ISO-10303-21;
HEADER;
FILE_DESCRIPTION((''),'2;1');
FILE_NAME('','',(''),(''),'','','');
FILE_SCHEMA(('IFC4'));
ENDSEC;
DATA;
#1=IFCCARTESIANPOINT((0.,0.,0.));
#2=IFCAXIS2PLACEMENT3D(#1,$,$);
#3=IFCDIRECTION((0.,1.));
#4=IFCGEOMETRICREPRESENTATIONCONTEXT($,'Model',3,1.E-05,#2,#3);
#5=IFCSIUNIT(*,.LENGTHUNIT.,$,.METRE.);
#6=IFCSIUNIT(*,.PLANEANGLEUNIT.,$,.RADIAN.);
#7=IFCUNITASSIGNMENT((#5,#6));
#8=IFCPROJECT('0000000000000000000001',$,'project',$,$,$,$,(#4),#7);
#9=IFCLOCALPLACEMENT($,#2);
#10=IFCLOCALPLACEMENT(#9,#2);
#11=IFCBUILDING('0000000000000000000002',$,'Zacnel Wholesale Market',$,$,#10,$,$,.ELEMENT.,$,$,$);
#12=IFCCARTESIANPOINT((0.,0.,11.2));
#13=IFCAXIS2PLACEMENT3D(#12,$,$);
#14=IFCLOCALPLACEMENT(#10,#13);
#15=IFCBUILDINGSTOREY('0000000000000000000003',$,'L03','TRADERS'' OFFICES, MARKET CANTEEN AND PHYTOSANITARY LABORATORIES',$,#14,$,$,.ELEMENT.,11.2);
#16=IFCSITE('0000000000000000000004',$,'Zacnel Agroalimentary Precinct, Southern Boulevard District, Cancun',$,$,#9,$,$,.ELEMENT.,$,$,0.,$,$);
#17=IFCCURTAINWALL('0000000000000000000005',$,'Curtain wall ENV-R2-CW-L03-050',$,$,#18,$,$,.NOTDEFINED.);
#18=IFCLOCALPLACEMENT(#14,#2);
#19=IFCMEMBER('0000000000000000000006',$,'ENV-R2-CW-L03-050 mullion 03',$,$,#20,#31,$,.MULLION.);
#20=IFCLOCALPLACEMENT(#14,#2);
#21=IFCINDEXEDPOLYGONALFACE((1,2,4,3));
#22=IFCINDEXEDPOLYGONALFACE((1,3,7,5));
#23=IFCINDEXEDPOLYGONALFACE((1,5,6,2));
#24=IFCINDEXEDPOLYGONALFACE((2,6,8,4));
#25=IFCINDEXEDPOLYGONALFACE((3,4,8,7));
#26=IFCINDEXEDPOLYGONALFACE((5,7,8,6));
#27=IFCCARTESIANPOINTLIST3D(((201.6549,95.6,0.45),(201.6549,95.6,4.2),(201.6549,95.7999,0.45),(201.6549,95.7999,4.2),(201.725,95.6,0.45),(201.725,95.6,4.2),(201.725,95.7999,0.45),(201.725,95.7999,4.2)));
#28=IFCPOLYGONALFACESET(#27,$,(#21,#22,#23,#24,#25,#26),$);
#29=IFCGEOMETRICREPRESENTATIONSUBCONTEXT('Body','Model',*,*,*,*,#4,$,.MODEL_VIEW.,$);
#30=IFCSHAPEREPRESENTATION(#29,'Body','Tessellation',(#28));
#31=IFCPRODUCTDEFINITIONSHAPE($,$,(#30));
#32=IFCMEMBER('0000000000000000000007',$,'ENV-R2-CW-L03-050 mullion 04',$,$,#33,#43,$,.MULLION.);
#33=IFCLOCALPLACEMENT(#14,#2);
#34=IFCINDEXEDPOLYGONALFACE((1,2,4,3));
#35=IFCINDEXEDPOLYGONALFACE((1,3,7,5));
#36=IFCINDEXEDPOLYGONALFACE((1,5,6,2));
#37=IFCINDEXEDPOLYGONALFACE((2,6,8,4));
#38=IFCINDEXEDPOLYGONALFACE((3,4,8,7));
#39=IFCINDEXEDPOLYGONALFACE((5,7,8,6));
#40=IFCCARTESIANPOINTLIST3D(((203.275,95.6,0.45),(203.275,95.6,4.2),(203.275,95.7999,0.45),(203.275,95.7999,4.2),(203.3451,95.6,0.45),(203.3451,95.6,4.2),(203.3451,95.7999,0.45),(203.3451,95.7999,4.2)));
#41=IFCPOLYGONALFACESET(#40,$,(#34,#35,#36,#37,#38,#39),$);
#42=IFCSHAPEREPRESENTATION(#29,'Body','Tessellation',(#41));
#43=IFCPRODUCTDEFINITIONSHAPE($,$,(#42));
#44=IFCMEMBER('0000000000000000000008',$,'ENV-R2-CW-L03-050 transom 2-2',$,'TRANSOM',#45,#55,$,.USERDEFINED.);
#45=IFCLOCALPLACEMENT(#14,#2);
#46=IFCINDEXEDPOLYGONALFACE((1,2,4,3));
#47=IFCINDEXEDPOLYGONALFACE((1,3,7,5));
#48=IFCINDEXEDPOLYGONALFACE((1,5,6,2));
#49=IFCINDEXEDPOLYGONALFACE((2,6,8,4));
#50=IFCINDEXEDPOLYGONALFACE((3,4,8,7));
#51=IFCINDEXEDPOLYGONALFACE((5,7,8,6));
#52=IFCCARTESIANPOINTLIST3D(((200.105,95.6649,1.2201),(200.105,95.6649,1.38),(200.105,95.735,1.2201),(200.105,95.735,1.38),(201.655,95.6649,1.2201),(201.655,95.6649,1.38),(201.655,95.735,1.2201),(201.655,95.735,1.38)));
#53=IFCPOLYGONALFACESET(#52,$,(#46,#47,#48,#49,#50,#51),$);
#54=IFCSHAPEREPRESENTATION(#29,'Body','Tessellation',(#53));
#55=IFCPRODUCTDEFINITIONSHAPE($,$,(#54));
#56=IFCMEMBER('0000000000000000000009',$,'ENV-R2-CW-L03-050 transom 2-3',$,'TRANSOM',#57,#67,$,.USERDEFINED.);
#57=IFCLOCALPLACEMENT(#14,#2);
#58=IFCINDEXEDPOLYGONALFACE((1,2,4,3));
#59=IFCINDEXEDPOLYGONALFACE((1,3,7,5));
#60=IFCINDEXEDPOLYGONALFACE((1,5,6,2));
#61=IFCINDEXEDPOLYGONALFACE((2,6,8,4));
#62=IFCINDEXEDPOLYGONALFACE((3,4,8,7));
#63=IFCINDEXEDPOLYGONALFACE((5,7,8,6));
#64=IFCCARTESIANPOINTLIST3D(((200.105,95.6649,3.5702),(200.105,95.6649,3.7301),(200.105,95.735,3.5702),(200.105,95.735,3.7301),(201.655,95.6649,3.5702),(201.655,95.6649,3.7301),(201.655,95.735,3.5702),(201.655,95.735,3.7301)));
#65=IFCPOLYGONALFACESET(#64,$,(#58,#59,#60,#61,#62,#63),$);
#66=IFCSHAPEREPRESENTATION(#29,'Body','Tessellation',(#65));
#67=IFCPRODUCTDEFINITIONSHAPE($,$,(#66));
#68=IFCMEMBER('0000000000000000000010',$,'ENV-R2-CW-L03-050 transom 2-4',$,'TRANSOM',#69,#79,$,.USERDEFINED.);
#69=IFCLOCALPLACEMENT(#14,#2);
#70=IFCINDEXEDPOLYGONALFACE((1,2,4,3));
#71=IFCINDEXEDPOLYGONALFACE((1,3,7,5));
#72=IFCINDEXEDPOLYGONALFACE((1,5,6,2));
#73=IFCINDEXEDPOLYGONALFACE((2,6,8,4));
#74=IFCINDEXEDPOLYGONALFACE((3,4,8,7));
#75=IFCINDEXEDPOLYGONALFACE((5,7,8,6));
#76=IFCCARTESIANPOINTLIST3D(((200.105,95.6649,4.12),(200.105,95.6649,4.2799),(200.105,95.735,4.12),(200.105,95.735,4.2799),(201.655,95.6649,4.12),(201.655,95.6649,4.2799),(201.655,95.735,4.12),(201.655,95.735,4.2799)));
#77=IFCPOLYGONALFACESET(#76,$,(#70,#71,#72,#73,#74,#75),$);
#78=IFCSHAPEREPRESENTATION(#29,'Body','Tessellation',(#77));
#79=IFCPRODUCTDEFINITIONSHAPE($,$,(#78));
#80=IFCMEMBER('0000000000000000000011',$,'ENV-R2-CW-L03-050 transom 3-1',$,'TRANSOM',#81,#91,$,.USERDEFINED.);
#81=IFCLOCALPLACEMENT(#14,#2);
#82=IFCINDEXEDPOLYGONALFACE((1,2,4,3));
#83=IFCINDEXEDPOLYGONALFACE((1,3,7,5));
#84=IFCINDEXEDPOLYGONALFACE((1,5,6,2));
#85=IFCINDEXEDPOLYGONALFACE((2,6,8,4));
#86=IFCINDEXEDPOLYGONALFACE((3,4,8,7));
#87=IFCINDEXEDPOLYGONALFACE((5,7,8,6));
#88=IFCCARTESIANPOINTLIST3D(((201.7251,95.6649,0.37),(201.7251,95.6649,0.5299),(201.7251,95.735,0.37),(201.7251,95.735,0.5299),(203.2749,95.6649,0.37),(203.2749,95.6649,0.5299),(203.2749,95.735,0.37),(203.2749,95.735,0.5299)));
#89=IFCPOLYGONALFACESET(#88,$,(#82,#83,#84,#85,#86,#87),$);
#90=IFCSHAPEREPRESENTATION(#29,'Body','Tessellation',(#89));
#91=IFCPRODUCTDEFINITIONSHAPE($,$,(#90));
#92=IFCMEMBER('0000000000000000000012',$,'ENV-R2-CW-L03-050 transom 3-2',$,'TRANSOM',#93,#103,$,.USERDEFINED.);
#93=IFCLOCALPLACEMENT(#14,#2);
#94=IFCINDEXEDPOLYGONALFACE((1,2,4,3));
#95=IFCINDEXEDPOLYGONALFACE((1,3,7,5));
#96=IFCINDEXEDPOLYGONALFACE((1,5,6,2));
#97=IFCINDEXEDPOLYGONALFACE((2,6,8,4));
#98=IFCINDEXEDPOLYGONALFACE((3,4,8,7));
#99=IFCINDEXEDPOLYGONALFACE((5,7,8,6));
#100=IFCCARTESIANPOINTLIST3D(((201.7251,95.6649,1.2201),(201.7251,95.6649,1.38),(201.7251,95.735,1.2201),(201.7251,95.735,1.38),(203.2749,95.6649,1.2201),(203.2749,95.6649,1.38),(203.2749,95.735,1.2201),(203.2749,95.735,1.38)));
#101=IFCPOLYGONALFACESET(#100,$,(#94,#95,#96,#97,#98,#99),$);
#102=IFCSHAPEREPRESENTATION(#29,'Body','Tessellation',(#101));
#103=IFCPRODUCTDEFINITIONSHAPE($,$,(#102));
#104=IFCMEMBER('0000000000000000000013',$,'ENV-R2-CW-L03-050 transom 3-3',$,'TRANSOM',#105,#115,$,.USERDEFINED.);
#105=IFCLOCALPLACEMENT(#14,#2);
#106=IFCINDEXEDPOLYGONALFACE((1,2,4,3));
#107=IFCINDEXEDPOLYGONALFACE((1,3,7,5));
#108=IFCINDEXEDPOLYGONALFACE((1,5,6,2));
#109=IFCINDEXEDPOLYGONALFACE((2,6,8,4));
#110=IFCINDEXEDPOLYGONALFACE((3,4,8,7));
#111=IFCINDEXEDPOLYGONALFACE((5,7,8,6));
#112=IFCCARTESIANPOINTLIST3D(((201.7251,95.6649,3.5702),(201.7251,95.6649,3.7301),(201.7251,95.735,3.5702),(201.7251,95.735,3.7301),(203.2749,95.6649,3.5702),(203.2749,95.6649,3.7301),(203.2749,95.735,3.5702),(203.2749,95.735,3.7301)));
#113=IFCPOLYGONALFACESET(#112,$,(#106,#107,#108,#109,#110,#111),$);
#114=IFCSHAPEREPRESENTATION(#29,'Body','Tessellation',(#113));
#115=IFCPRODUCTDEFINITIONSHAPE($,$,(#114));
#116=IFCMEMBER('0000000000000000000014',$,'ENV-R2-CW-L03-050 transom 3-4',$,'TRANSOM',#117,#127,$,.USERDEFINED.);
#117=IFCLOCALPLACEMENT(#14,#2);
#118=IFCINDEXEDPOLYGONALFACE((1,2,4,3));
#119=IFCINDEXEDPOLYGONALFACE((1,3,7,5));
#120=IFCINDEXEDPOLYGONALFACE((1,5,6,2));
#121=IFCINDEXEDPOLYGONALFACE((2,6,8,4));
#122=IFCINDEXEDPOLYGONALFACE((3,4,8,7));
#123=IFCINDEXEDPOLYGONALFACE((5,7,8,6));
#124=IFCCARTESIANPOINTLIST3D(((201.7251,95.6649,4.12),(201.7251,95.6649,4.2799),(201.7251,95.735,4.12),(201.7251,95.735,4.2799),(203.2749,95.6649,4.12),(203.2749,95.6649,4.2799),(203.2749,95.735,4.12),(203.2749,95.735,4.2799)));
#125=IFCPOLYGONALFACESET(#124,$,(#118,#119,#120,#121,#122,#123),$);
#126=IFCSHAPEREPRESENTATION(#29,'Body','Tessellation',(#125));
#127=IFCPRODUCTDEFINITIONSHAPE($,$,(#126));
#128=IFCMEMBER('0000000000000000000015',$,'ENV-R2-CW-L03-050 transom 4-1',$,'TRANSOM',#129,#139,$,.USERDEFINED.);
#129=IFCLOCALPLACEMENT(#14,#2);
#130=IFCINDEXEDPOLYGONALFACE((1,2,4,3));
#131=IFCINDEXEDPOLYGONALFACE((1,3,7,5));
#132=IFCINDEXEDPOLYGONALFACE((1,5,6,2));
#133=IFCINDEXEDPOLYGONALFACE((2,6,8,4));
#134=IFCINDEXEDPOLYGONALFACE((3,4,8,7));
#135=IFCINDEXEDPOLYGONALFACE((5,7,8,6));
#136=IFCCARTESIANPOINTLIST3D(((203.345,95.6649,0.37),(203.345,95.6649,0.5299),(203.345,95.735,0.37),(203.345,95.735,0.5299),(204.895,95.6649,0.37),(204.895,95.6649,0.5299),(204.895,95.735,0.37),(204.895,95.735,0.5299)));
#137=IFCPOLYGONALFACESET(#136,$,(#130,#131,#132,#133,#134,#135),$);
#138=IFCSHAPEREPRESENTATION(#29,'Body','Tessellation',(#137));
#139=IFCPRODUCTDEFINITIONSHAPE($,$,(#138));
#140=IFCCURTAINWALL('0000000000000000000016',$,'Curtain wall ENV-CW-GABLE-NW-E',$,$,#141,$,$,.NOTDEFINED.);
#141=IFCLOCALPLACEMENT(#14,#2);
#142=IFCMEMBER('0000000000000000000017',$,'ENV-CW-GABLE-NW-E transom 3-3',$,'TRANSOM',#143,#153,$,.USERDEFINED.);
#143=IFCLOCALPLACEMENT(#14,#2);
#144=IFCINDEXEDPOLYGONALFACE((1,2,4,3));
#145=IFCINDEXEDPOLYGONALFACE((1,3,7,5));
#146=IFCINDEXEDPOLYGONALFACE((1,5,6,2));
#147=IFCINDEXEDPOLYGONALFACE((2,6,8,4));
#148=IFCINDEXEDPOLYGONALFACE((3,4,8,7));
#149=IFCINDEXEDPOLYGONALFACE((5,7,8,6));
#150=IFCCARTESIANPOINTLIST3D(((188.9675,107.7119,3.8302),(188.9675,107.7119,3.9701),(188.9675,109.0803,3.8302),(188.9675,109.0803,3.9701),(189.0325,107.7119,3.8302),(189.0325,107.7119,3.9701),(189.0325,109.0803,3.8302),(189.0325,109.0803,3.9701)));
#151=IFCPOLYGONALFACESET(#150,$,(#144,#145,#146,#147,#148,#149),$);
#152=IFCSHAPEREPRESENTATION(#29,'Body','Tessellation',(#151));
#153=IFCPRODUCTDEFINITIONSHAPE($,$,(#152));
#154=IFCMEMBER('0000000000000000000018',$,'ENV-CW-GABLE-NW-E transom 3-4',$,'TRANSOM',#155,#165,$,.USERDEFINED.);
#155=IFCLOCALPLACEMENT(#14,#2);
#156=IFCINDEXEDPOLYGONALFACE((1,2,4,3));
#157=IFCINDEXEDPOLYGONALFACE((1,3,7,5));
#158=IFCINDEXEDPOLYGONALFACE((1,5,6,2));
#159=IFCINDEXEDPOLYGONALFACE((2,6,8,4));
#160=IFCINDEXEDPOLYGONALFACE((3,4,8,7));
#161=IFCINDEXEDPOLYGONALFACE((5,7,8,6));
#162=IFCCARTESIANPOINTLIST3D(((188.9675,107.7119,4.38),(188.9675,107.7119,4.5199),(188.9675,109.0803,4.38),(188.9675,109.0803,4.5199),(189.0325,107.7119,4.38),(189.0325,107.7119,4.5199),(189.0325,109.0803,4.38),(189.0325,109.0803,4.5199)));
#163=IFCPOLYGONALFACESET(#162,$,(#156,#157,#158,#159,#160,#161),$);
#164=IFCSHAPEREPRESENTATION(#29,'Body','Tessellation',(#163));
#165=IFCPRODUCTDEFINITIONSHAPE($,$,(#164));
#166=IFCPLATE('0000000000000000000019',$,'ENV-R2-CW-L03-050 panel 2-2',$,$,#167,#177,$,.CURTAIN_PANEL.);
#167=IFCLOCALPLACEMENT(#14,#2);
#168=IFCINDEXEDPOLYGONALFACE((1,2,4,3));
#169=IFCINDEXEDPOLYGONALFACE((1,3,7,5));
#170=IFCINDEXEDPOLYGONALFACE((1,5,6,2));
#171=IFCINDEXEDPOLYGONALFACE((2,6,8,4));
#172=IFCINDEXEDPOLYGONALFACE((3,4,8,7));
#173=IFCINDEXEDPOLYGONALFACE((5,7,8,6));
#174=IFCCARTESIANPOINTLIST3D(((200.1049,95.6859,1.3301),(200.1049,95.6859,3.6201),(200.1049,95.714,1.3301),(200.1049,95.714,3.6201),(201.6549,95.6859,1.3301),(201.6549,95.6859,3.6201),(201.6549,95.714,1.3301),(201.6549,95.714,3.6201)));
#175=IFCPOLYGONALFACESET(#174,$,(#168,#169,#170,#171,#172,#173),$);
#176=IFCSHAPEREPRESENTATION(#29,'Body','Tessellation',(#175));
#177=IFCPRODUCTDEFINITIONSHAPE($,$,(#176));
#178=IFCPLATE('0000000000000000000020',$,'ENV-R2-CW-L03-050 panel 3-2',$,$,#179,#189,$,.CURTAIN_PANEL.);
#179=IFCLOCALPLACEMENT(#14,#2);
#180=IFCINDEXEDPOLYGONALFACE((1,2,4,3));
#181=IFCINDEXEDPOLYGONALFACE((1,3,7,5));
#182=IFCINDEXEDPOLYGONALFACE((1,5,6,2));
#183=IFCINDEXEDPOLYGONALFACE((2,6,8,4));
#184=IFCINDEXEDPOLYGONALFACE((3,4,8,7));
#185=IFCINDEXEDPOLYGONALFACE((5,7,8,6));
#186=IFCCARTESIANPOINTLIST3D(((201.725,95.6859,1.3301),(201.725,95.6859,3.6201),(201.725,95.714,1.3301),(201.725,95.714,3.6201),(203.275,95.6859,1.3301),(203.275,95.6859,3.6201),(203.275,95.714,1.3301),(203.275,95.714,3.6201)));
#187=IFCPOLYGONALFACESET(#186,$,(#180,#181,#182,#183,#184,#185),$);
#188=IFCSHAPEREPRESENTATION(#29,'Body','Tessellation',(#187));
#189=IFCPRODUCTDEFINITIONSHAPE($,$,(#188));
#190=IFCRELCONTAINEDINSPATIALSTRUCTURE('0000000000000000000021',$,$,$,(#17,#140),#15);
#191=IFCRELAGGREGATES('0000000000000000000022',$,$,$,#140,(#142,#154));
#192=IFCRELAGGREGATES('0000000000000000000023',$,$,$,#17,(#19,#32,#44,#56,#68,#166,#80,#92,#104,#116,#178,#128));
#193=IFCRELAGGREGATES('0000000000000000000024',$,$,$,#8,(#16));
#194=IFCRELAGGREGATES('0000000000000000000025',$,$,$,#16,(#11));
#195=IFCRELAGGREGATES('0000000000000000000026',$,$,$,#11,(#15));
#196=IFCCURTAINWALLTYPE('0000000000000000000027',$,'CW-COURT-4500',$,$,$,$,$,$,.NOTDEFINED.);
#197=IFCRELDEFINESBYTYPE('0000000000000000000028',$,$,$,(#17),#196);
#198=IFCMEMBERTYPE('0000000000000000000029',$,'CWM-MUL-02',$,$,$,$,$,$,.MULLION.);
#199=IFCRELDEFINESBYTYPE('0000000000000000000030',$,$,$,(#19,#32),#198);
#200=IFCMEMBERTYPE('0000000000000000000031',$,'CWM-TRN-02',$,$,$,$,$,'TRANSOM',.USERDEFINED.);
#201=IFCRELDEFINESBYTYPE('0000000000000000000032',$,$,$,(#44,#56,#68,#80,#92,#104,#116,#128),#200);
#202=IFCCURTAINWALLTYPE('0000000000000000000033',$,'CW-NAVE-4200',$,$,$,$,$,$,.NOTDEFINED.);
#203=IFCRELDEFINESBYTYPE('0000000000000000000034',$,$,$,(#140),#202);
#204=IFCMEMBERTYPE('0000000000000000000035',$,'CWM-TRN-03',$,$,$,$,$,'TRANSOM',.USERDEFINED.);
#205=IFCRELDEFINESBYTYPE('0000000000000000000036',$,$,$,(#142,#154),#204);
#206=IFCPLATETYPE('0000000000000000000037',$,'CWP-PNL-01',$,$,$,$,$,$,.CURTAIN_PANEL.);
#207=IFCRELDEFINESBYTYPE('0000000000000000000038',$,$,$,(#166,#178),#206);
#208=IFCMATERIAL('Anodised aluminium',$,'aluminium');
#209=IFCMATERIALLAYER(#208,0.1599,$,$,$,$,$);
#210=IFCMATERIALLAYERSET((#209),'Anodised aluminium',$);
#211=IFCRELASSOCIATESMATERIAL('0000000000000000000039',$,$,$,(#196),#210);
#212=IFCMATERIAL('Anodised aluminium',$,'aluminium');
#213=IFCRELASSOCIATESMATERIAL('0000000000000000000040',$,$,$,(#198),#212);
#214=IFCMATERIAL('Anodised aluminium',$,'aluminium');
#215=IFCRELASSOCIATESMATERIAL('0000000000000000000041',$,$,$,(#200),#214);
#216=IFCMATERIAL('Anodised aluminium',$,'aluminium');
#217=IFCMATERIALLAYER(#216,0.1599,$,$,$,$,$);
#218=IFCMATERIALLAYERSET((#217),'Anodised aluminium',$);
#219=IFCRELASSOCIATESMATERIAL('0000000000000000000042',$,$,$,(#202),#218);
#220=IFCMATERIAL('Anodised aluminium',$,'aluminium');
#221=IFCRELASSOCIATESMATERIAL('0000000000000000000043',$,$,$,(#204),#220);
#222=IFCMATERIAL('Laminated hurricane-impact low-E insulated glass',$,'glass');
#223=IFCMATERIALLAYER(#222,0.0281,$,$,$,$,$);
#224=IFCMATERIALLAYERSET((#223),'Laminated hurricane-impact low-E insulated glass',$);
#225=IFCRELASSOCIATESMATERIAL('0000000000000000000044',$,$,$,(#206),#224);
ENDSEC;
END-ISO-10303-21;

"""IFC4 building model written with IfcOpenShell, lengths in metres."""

from ifc_helpers import new_model, si_unit, direction, frame, origin, origin_2d, place, context, subcontext, project, spatial, rectangle, extrude, material, layer, layer_set, material_profile, profile_set, type_object, element, aggregate, save


model = new_model("IFC4")

# Units and contexts
model_context = context("Model", 3, precision=1e-05, world=origin(), true_north=direction((0.0, 1.0)))
body_context = subcontext(model_context, "Body", "Model", "MODEL_VIEW")
ifc_project = project(units=[si_unit("LENGTHUNIT", "METRE"), si_unit("PLANEANGLEUNIT", "RADIAN")], contexts=[model_context])

# Site, building, storey
site_placement = place(None, origin())
site = spatial("IfcSite", under=ifc_project, at=site_placement, Name="Zacnel Agroalimentary Precinct, Southern Boulevard District, Cancun", CompositionType="ELEMENT", RefElevation=0.0)
building_placement = place(site_placement, origin())
building = spatial("IfcBuilding", under=site, at=building_placement, Name="Zacnel Wholesale Market", CompositionType="ELEMENT")
storey_placement = place(building_placement, frame((0.0, 0.0, 11.2)))
storey = spatial("IfcBuildingStorey", under=building, at=storey_placement, Name="L03", Description="TRADERS' OFFICES, MARKET CANTEEN AND PHYTOSANITARY LABORATORIES", CompositionType="ELEMENT", Elevation=11.2)

# Curtain walls, members
ifc_material_1 = material(Name="Anodised aluminium", Category="aluminium")
ifc_layer_1 = layer(ifc_material_1, 0.1599)
ifc_layer_set_1 = layer_set([ifc_layer_1], Name="Anodised aluminium")
curtain_wall_type_1 = type_object("IfcCurtainWallType", Name="CW-COURT-4500", PredefinedType="NOTDEFINED", material=ifc_layer_set_1)
curtain_wall_1_placement = place(storey_placement, origin())
curtain_wall_1 = element("IfcCurtainWall", 1, at=curtain_wall_1_placement, inside=storey, type_object=curtain_wall_type_1, Name="Curtain wall ENV-R2-CW-L03-050", PredefinedType="NOTDEFINED")
ifc_material_2 = material(Name="Anodised aluminium", Category="aluminium")
ifc_material_profile_1 = material_profile(ifc_material_2, rectangle(XDim=0.0701, YDim=0.2, at=origin_2d()), Name="AW-MULLION 70x200")
ifc_profile_set_1 = profile_set([ifc_material_profile_1], Name="Anodised aluminium")
member_type_1 = type_object("IfcMemberType", Name="CWM-MUL-02", PredefinedType="MULLION", material=ifc_profile_set_1)
member_1_placement = place(storey_placement, frame((201.6899, 95.7, 0.45), z_axis=(0.0, 0.0, 1.0), x_axis=(1.0, 0.0, 0.0)))
member_1 = element("IfcMember", 2, at=member_1_placement, type_object=member_type_1, Name="ENV-R2-CW-L03-050 mullion 03", PredefinedType="MULLION", context=body_context, shape_type="SweptSolid", body=[
    extrude(rectangle(XDim=0.0701, YDim=0.2, at=origin_2d()), origin(), (0.0, 0.0, 1.0), 3.75),
])
member_2_placement = place(storey_placement, frame((203.3101, 95.7, 0.45), z_axis=(0.0, 0.0, 1.0), x_axis=(1.0, 0.0, 0.0)))
member_2 = element("IfcMember", 3, at=member_2_placement, type_object=member_type_1, Name="ENV-R2-CW-L03-050 mullion 04", PredefinedType="MULLION", context=body_context, shape_type="SweptSolid", body=[
    extrude(rectangle(XDim=0.0701, YDim=0.2, at=origin_2d()), origin(), (0.0, 0.0, 1.0), 3.75),
])
ifc_material_3 = material(Name="Anodised aluminium", Category="aluminium")
ifc_material_profile_2 = material_profile(ifc_material_3, rectangle(XDim=0.0701, YDim=0.1599, at=origin_2d()), Name="AW-TRANSOM 70x160")
ifc_profile_set_2 = profile_set([ifc_material_profile_2], Name="Anodised aluminium")
member_type_2 = type_object("IfcMemberType", Name="CWM-TRN-02", ElementType="TRANSOM", PredefinedType="USERDEFINED", material=ifc_profile_set_2)
member_3_placement = place(storey_placement, frame((200.105, 95.7, 1.3), z_axis=(1.0, 0.0, 0.0), x_axis=(0.0, 1.0, 0.0)))
member_3 = element("IfcMember", 4, at=member_3_placement, type_object=member_type_2, Name="ENV-R2-CW-L03-050 transom 2-2", ObjectType="TRANSOM", PredefinedType="USERDEFINED", context=body_context, shape_type="SweptSolid", body=[
    extrude(rectangle(XDim=0.0701, YDim=0.1599, at=origin_2d()), origin(), (0.0, 0.0, 1.0), 1.55),
])
member_4_placement = place(storey_placement, frame((200.105, 95.7, 3.6501), z_axis=(1.0, 0.0, 0.0), x_axis=(0.0, 1.0, 0.0)))
member_4 = element("IfcMember", 5, at=member_4_placement, type_object=member_type_2, Name="ENV-R2-CW-L03-050 transom 2-3", ObjectType="TRANSOM", PredefinedType="USERDEFINED", context=body_context, shape_type="SweptSolid", body=[
    extrude(rectangle(XDim=0.0701, YDim=0.1599, at=origin_2d()), origin(), (0.0, 0.0, 1.0), 1.55),
])
member_5_placement = place(storey_placement, frame((200.105, 95.7, 4.2), z_axis=(1.0, 0.0, 0.0), x_axis=(0.0, 1.0, 0.0)))
member_5 = element("IfcMember", 6, at=member_5_placement, type_object=member_type_2, Name="ENV-R2-CW-L03-050 transom 2-4", ObjectType="TRANSOM", PredefinedType="USERDEFINED", context=body_context, shape_type="SweptSolid", body=[
    extrude(rectangle(XDim=0.0701, YDim=0.1599, at=origin_2d()), origin(), (0.0, 0.0, 1.0), 1.55),
])
member_6_placement = place(storey_placement, frame((201.7251, 95.7, 0.45), z_axis=(1.0, 0.0, 0.0), x_axis=(0.0, 1.0, 0.0)))
member_6 = element("IfcMember", 7, at=member_6_placement, type_object=member_type_2, Name="ENV-R2-CW-L03-050 transom 3-1", ObjectType="TRANSOM", PredefinedType="USERDEFINED", context=body_context, shape_type="SweptSolid", body=[
    extrude(rectangle(XDim=0.0701, YDim=0.1599, at=origin_2d()), origin(), (0.0, 0.0, 1.0), 1.5498),
])
member_7_placement = place(storey_placement, frame((201.7251, 95.7, 1.3), z_axis=(1.0, 0.0, 0.0), x_axis=(0.0, 1.0, 0.0)))
member_7 = element("IfcMember", 8, at=member_7_placement, type_object=member_type_2, Name="ENV-R2-CW-L03-050 transom 3-2", ObjectType="TRANSOM", PredefinedType="USERDEFINED", context=body_context, shape_type="SweptSolid", body=[
    extrude(rectangle(XDim=0.0701, YDim=0.1599, at=origin_2d()), origin(), (0.0, 0.0, 1.0), 1.5498),
])
member_8_placement = place(storey_placement, frame((201.7251, 95.7, 3.6501), z_axis=(1.0, 0.0, 0.0), x_axis=(0.0, 1.0, 0.0)))
member_8 = element("IfcMember", 9, at=member_8_placement, type_object=member_type_2, Name="ENV-R2-CW-L03-050 transom 3-3", ObjectType="TRANSOM", PredefinedType="USERDEFINED", context=body_context, shape_type="SweptSolid", body=[
    extrude(rectangle(XDim=0.0701, YDim=0.1599, at=origin_2d()), origin(), (0.0, 0.0, 1.0), 1.5498),
])
member_9_placement = place(storey_placement, frame((201.7251, 95.7, 4.2), z_axis=(1.0, 0.0, 0.0), x_axis=(0.0, 1.0, 0.0)))
member_9 = element("IfcMember", 10, at=member_9_placement, type_object=member_type_2, Name="ENV-R2-CW-L03-050 transom 3-4", ObjectType="TRANSOM", PredefinedType="USERDEFINED", context=body_context, shape_type="SweptSolid", body=[
    extrude(rectangle(XDim=0.0701, YDim=0.1599, at=origin_2d()), origin(), (0.0, 0.0, 1.0), 1.5498),
])
member_10_placement = place(storey_placement, frame((203.345, 95.7, 0.45), z_axis=(1.0, 0.0, 0.0), x_axis=(0.0, 1.0, 0.0)))
member_10 = element("IfcMember", 11, at=member_10_placement, type_object=member_type_2, Name="ENV-R2-CW-L03-050 transom 4-1", ObjectType="TRANSOM", PredefinedType="USERDEFINED", context=body_context, shape_type="SweptSolid", body=[
    extrude(rectangle(XDim=0.0701, YDim=0.1599, at=origin_2d()), origin(), (0.0, 0.0, 1.0), 1.55),
])
ifc_material_4 = material(Name="Anodised aluminium", Category="aluminium")
ifc_layer_2 = layer(ifc_material_4, 0.1599)
ifc_layer_set_2 = layer_set([ifc_layer_2], Name="Anodised aluminium")
curtain_wall_type_2 = type_object("IfcCurtainWallType", Name="CW-NAVE-4200", PredefinedType="NOTDEFINED", material=ifc_layer_set_2)
curtain_wall_2_placement = place(storey_placement, origin())
curtain_wall_2 = element("IfcCurtainWall", 12, at=curtain_wall_2_placement, inside=storey, type_object=curtain_wall_type_2, Name="Curtain wall ENV-CW-GABLE-NW-E", PredefinedType="NOTDEFINED")
ifc_material_5 = material(Name="Anodised aluminium", Category="aluminium")
ifc_material_profile_3 = material_profile(ifc_material_5, rectangle(XDim=0.0649, YDim=0.1399, at=origin_2d()), Name="AW-TRANSOM 65x140")
ifc_profile_set_3 = profile_set([ifc_material_profile_3], Name="Anodised aluminium")
member_type_3 = type_object("IfcMemberType", Name="CWM-TRN-03", ElementType="TRANSOM", PredefinedType="USERDEFINED", material=ifc_profile_set_3)
member_11_placement = place(storey_placement, frame((189.0, 107.7119, 3.9001), z_axis=(0.0, 1.0, 0.0), x_axis=(-1.0, 0.0, 0.0)))
member_11 = element("IfcMember", 13, at=member_11_placement, type_object=member_type_3, Name="ENV-CW-GABLE-NW-E transom 3-3", ObjectType="TRANSOM", PredefinedType="USERDEFINED", context=body_context, shape_type="SweptSolid", body=[
    extrude(rectangle(XDim=0.0649, YDim=0.1399, at=origin_2d()), origin(), (0.0, 0.0, 1.0), 1.3684),
])
member_12_placement = place(storey_placement, frame((189.0, 107.7119, 4.45), z_axis=(0.0, 1.0, 0.0), x_axis=(-1.0, 0.0, 0.0)))
member_12 = element("IfcMember", 14, at=member_12_placement, type_object=member_type_3, Name="ENV-CW-GABLE-NW-E transom 3-4", ObjectType="TRANSOM", PredefinedType="USERDEFINED", context=body_context, shape_type="SweptSolid", body=[
    extrude(rectangle(XDim=0.0649, YDim=0.1399, at=origin_2d()), origin(), (0.0, 0.0, 1.0), 1.3684),
])
aggregate(curtain_wall_2, [member_11, member_12])

# Plates
ifc_material_6 = material(Name="Laminated hurricane-impact low-E insulated glass", Category="glass")
ifc_layer_3 = layer(ifc_material_6, 0.0281)
ifc_layer_set_3 = layer_set([ifc_layer_3], Name="Laminated hurricane-impact low-E insulated glass")
plate_type_1 = type_object("IfcPlateType", Name="CWP-PNL-01", PredefinedType="CURTAIN_PANEL", material=ifc_layer_set_3)
plate_1_placement = place(storey_placement, frame((200.8799, 95.7, 1.3301), z_axis=(0.0, 0.0, 1.0), x_axis=(1.0, 0.0, 0.0)))
plate_1 = element("IfcPlate", 15, at=plate_1_placement, type_object=plate_type_1, Name="ENV-R2-CW-L03-050 panel 2-2", PredefinedType="CURTAIN_PANEL", context=body_context, shape_type="SweptSolid", body=[
    extrude(rectangle(XDim=1.55, YDim=0.0281, at=origin_2d()), origin(), (0.0, 0.0, 1.0), 2.29),
])
plate_2_placement = place(storey_placement, frame((202.5, 95.7, 1.3301), z_axis=(0.0, 0.0, 1.0), x_axis=(1.0, 0.0, 0.0)))
plate_2 = element("IfcPlate", 16, at=plate_2_placement, type_object=plate_type_1, Name="ENV-R2-CW-L03-050 panel 3-2", PredefinedType="CURTAIN_PANEL", context=body_context, shape_type="SweptSolid", body=[
    extrude(rectangle(XDim=1.55, YDim=0.0281, at=origin_2d()), origin(), (0.0, 0.0, 1.0), 2.29),
])
aggregate(curtain_wall_1, [member_1, member_2, member_3, member_4, member_5, plate_1, member_6, member_7, member_8, member_9, plate_2, member_10])

save(model, "model.ifc")
